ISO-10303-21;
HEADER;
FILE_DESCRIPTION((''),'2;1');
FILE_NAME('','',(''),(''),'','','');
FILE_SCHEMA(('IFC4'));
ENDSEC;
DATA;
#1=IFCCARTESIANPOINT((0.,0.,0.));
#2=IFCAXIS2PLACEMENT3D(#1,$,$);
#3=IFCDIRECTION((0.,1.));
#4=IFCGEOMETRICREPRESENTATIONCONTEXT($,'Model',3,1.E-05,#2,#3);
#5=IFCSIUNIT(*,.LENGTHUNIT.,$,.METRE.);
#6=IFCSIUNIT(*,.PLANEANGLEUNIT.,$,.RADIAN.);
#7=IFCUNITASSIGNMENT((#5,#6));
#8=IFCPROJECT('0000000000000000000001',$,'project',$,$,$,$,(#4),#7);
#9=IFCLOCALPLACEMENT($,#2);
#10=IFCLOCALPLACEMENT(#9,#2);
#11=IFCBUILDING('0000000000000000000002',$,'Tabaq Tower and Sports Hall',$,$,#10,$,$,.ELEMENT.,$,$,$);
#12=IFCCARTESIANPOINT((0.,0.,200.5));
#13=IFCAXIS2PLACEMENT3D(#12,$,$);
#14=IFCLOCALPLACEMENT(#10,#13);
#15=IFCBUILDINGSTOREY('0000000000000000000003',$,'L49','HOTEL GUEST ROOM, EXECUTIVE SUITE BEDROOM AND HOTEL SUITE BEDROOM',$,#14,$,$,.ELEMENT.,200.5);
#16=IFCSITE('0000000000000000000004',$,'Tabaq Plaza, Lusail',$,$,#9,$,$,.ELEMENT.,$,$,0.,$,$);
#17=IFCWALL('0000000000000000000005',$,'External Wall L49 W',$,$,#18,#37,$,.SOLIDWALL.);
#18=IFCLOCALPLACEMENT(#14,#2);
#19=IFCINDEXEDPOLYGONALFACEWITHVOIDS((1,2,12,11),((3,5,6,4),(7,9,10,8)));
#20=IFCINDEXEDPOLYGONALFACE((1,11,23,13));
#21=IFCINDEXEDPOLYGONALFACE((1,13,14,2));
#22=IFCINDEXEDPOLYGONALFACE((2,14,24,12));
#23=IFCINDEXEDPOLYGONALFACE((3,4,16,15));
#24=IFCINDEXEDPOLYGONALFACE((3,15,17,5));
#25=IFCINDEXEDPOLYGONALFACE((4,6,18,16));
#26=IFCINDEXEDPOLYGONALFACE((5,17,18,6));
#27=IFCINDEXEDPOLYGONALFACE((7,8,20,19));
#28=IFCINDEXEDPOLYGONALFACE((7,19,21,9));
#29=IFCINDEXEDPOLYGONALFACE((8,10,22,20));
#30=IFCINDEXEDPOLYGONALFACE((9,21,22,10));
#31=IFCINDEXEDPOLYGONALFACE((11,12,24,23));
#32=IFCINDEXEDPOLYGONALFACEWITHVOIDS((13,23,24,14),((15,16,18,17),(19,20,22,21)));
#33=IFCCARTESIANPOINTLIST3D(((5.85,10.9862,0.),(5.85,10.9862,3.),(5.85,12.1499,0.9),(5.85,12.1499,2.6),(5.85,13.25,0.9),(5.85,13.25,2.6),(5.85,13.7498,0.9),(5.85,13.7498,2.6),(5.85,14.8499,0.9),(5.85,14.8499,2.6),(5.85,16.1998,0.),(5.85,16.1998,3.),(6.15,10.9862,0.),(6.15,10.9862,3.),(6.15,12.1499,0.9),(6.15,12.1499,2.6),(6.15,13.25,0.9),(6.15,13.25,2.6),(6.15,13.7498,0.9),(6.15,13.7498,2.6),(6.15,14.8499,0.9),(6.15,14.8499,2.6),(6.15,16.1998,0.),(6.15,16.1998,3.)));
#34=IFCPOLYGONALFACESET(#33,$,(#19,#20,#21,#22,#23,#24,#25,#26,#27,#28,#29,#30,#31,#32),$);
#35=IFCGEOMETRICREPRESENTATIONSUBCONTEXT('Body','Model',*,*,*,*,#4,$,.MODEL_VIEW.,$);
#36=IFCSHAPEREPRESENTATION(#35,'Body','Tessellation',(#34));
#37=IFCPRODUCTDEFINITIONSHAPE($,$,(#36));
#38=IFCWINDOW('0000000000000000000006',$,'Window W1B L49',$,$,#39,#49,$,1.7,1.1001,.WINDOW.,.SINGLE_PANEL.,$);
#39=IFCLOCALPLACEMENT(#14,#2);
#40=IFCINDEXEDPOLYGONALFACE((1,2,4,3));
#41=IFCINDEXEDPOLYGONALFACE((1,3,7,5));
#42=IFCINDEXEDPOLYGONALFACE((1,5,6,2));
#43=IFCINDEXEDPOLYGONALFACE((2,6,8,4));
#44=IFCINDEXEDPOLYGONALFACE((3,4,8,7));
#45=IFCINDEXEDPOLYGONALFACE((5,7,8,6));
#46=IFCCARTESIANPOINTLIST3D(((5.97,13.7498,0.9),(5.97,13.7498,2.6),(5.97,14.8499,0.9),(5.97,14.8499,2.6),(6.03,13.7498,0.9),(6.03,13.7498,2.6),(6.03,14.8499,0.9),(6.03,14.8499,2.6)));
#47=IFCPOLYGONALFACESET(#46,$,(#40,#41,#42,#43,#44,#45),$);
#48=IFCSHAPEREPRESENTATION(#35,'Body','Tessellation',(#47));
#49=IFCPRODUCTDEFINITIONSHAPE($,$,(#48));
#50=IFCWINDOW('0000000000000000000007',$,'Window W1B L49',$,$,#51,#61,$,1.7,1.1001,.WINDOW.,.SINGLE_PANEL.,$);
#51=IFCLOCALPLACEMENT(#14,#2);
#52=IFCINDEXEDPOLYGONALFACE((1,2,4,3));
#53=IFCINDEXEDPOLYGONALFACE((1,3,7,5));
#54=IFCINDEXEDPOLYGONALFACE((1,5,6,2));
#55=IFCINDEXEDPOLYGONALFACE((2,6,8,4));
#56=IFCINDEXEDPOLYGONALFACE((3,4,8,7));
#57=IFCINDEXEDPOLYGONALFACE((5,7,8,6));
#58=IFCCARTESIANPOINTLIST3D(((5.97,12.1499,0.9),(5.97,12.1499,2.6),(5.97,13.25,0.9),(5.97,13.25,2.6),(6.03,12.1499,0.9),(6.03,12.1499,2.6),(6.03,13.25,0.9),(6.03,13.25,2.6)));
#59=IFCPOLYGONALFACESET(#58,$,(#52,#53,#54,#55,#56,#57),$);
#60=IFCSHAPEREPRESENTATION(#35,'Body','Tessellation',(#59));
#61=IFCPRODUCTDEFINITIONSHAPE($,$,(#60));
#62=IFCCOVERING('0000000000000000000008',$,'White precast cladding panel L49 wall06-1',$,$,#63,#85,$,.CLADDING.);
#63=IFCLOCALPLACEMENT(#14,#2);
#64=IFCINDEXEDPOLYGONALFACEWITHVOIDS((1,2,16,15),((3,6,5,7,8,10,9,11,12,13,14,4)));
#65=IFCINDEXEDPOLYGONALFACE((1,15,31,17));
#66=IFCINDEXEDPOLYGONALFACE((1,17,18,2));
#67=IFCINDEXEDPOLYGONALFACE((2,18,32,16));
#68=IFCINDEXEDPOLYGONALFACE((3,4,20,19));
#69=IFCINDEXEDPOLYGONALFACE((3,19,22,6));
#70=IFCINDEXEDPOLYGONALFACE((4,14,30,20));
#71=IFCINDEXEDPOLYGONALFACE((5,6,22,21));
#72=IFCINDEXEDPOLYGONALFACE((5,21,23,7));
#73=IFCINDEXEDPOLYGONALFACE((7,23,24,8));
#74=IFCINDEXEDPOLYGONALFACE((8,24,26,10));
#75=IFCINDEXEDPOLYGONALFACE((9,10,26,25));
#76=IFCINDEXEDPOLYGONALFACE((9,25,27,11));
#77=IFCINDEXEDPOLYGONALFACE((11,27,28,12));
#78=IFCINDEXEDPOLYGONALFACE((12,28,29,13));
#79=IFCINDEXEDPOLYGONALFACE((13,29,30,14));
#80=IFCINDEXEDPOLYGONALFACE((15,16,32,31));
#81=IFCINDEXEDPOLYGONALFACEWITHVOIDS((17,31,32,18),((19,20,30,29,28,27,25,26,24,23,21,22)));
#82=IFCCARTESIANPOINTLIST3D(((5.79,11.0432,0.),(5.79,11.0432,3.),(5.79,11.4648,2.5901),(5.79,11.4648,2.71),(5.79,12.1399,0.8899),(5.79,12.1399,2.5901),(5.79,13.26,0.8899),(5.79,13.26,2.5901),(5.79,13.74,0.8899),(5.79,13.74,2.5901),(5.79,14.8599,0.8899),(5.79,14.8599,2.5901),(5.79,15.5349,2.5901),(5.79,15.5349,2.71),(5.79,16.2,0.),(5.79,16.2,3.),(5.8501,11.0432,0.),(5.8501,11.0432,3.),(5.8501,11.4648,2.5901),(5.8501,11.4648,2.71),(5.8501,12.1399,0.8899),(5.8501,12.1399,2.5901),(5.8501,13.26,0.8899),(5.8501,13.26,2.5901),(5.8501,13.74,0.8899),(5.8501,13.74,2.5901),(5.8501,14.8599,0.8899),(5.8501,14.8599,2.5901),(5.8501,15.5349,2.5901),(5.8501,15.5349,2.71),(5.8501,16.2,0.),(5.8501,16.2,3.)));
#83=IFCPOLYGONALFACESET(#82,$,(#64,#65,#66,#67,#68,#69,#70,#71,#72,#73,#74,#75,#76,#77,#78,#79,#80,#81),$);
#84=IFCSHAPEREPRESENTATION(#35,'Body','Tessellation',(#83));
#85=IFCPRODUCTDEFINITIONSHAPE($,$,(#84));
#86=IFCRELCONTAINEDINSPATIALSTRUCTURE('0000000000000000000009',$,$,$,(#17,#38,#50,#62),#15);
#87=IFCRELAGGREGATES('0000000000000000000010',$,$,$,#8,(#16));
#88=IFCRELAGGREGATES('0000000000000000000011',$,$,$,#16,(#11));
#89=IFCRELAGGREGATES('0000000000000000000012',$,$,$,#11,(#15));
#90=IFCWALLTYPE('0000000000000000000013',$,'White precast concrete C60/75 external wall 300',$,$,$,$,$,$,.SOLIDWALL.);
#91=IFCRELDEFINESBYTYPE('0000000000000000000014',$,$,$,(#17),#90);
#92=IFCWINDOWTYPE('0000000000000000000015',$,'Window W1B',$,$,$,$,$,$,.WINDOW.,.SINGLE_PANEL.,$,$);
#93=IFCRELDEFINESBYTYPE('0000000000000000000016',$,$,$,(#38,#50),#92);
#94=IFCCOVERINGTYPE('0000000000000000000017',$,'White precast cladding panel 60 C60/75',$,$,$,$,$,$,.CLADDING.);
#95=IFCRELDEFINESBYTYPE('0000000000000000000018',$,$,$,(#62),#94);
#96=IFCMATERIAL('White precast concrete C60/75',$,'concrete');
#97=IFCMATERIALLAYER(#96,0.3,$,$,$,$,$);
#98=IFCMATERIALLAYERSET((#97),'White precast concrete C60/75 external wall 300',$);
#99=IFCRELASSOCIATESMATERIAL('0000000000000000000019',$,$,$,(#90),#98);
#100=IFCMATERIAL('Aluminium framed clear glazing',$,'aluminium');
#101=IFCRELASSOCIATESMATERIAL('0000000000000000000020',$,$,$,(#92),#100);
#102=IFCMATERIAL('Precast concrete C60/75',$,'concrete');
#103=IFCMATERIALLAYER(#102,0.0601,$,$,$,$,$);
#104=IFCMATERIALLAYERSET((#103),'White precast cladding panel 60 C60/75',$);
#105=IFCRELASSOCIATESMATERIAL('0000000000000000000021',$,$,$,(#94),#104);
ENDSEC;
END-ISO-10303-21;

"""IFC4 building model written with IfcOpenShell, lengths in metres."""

from ifc_helpers import new_model, si_unit, direction, frame, frame_2d, origin, place, context, subcontext, project, spatial, polyline, rectangle, outline, extrude, material, layer, layer_set, type_object, element, fill, save


model = new_model("IFC4")

# Units and contexts
model_context = context("Model", 3, precision=1e-05, world=origin(), true_north=direction((0.0, 1.0)))
body_context = subcontext(model_context, "Body", "Model", "MODEL_VIEW")
ifc_project = project(units=[si_unit("LENGTHUNIT", "METRE"), si_unit("PLANEANGLEUNIT", "RADIAN")], contexts=[model_context])

# Site, building, storey
site_placement = place(None, origin())
site = spatial("IfcSite", under=ifc_project, at=site_placement, Name="Tabaq Plaza, Lusail", CompositionType="ELEMENT", RefElevation=0.0)
building_placement = place(site_placement, origin())
building = spatial("IfcBuilding", under=site, at=building_placement, Name="Tabaq Tower and Sports Hall", CompositionType="ELEMENT")
storey_placement = place(building_placement, frame((0.0, 0.0, 200.5)))
storey = spatial("IfcBuildingStorey", under=building, at=storey_placement, Name="L49", Description="HOTEL GUEST ROOM, EXECUTIVE SUITE BEDROOM AND HOTEL SUITE BEDROOM", CompositionType="ELEMENT", Elevation=200.5)

# Wall, openings, windows
ifc_material_1 = material(Name="White precast concrete C60/75", Category="concrete")
ifc_layer_1 = layer(ifc_material_1, 0.3)
ifc_layer_set_1 = layer_set([ifc_layer_1], Name="White precast concrete C60/75 external wall 300")
wall_type_1 = type_object("IfcWallType", Name="White precast concrete C60/75 external wall 300", PredefinedType="SOLIDWALL", material=ifc_layer_set_1)
wall_1_placement = place(storey_placement, frame((6.0, 16.2, 0.0), z_axis=(0.0, 0.0, 1.0), x_axis=(0.0, -1.0, 0.0)))
wall_1 = element("IfcWall", 1, at=wall_1_placement, inside=storey, type_object=wall_type_1, Name="External Wall L49 W", PredefinedType="SOLIDWALL", context=body_context, shape_type="SweptSolid", body=[
    extrude(rectangle(XDim=5.2136, YDim=0.3, at=frame_2d((2.6069, 0.0))), origin(), (0.0, 0.0, 1.0), 3.0),
])
opening_1_placement = place(wall_1_placement, frame((1.3501, 0.0, 0.8999)))
opening_1 = element("IfcOpeningElement", 2, at=opening_1_placement, cuts=wall_1, PredefinedType="OPENING", context=body_context, shape_type="SweptSolid", body=[
    extrude(rectangle(XDim=1.1001, YDim=1.7, at=frame_2d((0.55, 0.8501))), frame((0.0, 0.1602, 0.0), z_axis=(0.0, -1.0, 0.0), x_axis=(1.0, 0.0, 0.0)), (0.0, 0.0, 1.0), 0.3201),
])
opening_2_placement = place(wall_1_placement, frame((2.95, 0.0, 0.8999)))
opening_2 = element("IfcOpeningElement", 3, at=opening_2_placement, cuts=wall_1, PredefinedType="OPENING", context=body_context, shape_type="SweptSolid", body=[
    extrude(rectangle(XDim=1.1001, YDim=1.7, at=frame_2d((0.55, 0.8501))), frame((0.0, 0.1602, 0.0), z_axis=(0.0, -1.0, 0.0), x_axis=(1.0, 0.0, 0.0)), (0.0, 0.0, 1.0), 0.3201),
])
ifc_material_2 = material(Name="Aluminium framed clear glazing", Category="aluminium")
window_type = type_object("IfcWindowType", Name="Window W1B", PartitioningType="SINGLE_PANEL", PredefinedType="WINDOW", material=ifc_material_2)
window_1_placement = place(opening_1_placement, origin())
window_1 = element("IfcWindow", 4, at=window_1_placement, inside=storey, type_object=window_type, Name="Window W1B L49", OverallHeight=1.7, OverallWidth=1.1001, PartitioningType="SINGLE_PANEL", PredefinedType="WINDOW", context=body_context, shape_type="SweptSolid", body=[
    extrude(rectangle(XDim=1.1001, YDim=1.7, at=frame_2d((0.55, 0.8501))), frame((0.0, 0.03, 0.0), z_axis=(0.0, -1.0, 0.0), x_axis=(1.0, 0.0, 0.0)), (0.0, 0.0, 1.0), 0.0601),
])
fill(opening_1, window_1)
window_2_placement = place(opening_2_placement, origin())
window_2 = element("IfcWindow", 5, at=window_2_placement, inside=storey, type_object=window_type, Name="Window W1B L49", OverallHeight=1.7, OverallWidth=1.1001, PartitioningType="SINGLE_PANEL", PredefinedType="WINDOW", context=body_context, shape_type="SweptSolid", body=[
    extrude(rectangle(XDim=1.1001, YDim=1.7, at=frame_2d((0.55, 0.8501))), frame((0.0, 0.03, 0.0), z_axis=(0.0, -1.0, 0.0), x_axis=(1.0, 0.0, 0.0)), (0.0, 0.0, 1.0), 0.0601),
])
fill(opening_2, window_2)

# Covering
ifc_material_3 = material(Name="Precast concrete C60/75", Category="concrete")
ifc_layer_2 = layer(ifc_material_3, 0.0601)
ifc_layer_set_2 = layer_set([ifc_layer_2], Name="White precast cladding panel 60 C60/75")
covering_type = type_object("IfcCoveringType", Name="White precast cladding panel 60 C60/75", PredefinedType="CLADDING", material=ifc_layer_set_2)
covering_placement = place(storey_placement, frame((5.8201, 16.2, 0.0), z_axis=(0.0, 0.0, 1.0), x_axis=(0.0, -1.0, 0.0)))
element("IfcCovering", 6, at=covering_placement, inside=storey, type_object=covering_type, Name="White precast cladding panel L49 wall06-1", PredefinedType="CLADDING", context=body_context, shape_type="SweptSolid", body=[
    extrude(outline(polyline([(0.0, 0.0), (5.1567, 0.0), (5.1567, 3.0), (0.0, 3.0), (0.0, 0.0)]), holes=[polyline([(1.3401, 2.5901), (0.665, 2.5901), (0.665, 2.71), (4.7351, 2.71), (4.7351, 2.5901), (4.0601, 2.5901), (4.0601, 0.8899), (2.9399, 0.8899), (2.9399, 2.5901), (2.46, 2.5901), (2.46, 0.8899), (1.3401, 0.8899), (1.3401, 2.5901)])]), frame((0.0, 0.03, 0.0), z_axis=(0.0, -1.0, 0.0), x_axis=(1.0, 0.0, 0.0)), (0.0, 0.0, 1.0), 0.0601),
])

save(model, "model.ifc")
